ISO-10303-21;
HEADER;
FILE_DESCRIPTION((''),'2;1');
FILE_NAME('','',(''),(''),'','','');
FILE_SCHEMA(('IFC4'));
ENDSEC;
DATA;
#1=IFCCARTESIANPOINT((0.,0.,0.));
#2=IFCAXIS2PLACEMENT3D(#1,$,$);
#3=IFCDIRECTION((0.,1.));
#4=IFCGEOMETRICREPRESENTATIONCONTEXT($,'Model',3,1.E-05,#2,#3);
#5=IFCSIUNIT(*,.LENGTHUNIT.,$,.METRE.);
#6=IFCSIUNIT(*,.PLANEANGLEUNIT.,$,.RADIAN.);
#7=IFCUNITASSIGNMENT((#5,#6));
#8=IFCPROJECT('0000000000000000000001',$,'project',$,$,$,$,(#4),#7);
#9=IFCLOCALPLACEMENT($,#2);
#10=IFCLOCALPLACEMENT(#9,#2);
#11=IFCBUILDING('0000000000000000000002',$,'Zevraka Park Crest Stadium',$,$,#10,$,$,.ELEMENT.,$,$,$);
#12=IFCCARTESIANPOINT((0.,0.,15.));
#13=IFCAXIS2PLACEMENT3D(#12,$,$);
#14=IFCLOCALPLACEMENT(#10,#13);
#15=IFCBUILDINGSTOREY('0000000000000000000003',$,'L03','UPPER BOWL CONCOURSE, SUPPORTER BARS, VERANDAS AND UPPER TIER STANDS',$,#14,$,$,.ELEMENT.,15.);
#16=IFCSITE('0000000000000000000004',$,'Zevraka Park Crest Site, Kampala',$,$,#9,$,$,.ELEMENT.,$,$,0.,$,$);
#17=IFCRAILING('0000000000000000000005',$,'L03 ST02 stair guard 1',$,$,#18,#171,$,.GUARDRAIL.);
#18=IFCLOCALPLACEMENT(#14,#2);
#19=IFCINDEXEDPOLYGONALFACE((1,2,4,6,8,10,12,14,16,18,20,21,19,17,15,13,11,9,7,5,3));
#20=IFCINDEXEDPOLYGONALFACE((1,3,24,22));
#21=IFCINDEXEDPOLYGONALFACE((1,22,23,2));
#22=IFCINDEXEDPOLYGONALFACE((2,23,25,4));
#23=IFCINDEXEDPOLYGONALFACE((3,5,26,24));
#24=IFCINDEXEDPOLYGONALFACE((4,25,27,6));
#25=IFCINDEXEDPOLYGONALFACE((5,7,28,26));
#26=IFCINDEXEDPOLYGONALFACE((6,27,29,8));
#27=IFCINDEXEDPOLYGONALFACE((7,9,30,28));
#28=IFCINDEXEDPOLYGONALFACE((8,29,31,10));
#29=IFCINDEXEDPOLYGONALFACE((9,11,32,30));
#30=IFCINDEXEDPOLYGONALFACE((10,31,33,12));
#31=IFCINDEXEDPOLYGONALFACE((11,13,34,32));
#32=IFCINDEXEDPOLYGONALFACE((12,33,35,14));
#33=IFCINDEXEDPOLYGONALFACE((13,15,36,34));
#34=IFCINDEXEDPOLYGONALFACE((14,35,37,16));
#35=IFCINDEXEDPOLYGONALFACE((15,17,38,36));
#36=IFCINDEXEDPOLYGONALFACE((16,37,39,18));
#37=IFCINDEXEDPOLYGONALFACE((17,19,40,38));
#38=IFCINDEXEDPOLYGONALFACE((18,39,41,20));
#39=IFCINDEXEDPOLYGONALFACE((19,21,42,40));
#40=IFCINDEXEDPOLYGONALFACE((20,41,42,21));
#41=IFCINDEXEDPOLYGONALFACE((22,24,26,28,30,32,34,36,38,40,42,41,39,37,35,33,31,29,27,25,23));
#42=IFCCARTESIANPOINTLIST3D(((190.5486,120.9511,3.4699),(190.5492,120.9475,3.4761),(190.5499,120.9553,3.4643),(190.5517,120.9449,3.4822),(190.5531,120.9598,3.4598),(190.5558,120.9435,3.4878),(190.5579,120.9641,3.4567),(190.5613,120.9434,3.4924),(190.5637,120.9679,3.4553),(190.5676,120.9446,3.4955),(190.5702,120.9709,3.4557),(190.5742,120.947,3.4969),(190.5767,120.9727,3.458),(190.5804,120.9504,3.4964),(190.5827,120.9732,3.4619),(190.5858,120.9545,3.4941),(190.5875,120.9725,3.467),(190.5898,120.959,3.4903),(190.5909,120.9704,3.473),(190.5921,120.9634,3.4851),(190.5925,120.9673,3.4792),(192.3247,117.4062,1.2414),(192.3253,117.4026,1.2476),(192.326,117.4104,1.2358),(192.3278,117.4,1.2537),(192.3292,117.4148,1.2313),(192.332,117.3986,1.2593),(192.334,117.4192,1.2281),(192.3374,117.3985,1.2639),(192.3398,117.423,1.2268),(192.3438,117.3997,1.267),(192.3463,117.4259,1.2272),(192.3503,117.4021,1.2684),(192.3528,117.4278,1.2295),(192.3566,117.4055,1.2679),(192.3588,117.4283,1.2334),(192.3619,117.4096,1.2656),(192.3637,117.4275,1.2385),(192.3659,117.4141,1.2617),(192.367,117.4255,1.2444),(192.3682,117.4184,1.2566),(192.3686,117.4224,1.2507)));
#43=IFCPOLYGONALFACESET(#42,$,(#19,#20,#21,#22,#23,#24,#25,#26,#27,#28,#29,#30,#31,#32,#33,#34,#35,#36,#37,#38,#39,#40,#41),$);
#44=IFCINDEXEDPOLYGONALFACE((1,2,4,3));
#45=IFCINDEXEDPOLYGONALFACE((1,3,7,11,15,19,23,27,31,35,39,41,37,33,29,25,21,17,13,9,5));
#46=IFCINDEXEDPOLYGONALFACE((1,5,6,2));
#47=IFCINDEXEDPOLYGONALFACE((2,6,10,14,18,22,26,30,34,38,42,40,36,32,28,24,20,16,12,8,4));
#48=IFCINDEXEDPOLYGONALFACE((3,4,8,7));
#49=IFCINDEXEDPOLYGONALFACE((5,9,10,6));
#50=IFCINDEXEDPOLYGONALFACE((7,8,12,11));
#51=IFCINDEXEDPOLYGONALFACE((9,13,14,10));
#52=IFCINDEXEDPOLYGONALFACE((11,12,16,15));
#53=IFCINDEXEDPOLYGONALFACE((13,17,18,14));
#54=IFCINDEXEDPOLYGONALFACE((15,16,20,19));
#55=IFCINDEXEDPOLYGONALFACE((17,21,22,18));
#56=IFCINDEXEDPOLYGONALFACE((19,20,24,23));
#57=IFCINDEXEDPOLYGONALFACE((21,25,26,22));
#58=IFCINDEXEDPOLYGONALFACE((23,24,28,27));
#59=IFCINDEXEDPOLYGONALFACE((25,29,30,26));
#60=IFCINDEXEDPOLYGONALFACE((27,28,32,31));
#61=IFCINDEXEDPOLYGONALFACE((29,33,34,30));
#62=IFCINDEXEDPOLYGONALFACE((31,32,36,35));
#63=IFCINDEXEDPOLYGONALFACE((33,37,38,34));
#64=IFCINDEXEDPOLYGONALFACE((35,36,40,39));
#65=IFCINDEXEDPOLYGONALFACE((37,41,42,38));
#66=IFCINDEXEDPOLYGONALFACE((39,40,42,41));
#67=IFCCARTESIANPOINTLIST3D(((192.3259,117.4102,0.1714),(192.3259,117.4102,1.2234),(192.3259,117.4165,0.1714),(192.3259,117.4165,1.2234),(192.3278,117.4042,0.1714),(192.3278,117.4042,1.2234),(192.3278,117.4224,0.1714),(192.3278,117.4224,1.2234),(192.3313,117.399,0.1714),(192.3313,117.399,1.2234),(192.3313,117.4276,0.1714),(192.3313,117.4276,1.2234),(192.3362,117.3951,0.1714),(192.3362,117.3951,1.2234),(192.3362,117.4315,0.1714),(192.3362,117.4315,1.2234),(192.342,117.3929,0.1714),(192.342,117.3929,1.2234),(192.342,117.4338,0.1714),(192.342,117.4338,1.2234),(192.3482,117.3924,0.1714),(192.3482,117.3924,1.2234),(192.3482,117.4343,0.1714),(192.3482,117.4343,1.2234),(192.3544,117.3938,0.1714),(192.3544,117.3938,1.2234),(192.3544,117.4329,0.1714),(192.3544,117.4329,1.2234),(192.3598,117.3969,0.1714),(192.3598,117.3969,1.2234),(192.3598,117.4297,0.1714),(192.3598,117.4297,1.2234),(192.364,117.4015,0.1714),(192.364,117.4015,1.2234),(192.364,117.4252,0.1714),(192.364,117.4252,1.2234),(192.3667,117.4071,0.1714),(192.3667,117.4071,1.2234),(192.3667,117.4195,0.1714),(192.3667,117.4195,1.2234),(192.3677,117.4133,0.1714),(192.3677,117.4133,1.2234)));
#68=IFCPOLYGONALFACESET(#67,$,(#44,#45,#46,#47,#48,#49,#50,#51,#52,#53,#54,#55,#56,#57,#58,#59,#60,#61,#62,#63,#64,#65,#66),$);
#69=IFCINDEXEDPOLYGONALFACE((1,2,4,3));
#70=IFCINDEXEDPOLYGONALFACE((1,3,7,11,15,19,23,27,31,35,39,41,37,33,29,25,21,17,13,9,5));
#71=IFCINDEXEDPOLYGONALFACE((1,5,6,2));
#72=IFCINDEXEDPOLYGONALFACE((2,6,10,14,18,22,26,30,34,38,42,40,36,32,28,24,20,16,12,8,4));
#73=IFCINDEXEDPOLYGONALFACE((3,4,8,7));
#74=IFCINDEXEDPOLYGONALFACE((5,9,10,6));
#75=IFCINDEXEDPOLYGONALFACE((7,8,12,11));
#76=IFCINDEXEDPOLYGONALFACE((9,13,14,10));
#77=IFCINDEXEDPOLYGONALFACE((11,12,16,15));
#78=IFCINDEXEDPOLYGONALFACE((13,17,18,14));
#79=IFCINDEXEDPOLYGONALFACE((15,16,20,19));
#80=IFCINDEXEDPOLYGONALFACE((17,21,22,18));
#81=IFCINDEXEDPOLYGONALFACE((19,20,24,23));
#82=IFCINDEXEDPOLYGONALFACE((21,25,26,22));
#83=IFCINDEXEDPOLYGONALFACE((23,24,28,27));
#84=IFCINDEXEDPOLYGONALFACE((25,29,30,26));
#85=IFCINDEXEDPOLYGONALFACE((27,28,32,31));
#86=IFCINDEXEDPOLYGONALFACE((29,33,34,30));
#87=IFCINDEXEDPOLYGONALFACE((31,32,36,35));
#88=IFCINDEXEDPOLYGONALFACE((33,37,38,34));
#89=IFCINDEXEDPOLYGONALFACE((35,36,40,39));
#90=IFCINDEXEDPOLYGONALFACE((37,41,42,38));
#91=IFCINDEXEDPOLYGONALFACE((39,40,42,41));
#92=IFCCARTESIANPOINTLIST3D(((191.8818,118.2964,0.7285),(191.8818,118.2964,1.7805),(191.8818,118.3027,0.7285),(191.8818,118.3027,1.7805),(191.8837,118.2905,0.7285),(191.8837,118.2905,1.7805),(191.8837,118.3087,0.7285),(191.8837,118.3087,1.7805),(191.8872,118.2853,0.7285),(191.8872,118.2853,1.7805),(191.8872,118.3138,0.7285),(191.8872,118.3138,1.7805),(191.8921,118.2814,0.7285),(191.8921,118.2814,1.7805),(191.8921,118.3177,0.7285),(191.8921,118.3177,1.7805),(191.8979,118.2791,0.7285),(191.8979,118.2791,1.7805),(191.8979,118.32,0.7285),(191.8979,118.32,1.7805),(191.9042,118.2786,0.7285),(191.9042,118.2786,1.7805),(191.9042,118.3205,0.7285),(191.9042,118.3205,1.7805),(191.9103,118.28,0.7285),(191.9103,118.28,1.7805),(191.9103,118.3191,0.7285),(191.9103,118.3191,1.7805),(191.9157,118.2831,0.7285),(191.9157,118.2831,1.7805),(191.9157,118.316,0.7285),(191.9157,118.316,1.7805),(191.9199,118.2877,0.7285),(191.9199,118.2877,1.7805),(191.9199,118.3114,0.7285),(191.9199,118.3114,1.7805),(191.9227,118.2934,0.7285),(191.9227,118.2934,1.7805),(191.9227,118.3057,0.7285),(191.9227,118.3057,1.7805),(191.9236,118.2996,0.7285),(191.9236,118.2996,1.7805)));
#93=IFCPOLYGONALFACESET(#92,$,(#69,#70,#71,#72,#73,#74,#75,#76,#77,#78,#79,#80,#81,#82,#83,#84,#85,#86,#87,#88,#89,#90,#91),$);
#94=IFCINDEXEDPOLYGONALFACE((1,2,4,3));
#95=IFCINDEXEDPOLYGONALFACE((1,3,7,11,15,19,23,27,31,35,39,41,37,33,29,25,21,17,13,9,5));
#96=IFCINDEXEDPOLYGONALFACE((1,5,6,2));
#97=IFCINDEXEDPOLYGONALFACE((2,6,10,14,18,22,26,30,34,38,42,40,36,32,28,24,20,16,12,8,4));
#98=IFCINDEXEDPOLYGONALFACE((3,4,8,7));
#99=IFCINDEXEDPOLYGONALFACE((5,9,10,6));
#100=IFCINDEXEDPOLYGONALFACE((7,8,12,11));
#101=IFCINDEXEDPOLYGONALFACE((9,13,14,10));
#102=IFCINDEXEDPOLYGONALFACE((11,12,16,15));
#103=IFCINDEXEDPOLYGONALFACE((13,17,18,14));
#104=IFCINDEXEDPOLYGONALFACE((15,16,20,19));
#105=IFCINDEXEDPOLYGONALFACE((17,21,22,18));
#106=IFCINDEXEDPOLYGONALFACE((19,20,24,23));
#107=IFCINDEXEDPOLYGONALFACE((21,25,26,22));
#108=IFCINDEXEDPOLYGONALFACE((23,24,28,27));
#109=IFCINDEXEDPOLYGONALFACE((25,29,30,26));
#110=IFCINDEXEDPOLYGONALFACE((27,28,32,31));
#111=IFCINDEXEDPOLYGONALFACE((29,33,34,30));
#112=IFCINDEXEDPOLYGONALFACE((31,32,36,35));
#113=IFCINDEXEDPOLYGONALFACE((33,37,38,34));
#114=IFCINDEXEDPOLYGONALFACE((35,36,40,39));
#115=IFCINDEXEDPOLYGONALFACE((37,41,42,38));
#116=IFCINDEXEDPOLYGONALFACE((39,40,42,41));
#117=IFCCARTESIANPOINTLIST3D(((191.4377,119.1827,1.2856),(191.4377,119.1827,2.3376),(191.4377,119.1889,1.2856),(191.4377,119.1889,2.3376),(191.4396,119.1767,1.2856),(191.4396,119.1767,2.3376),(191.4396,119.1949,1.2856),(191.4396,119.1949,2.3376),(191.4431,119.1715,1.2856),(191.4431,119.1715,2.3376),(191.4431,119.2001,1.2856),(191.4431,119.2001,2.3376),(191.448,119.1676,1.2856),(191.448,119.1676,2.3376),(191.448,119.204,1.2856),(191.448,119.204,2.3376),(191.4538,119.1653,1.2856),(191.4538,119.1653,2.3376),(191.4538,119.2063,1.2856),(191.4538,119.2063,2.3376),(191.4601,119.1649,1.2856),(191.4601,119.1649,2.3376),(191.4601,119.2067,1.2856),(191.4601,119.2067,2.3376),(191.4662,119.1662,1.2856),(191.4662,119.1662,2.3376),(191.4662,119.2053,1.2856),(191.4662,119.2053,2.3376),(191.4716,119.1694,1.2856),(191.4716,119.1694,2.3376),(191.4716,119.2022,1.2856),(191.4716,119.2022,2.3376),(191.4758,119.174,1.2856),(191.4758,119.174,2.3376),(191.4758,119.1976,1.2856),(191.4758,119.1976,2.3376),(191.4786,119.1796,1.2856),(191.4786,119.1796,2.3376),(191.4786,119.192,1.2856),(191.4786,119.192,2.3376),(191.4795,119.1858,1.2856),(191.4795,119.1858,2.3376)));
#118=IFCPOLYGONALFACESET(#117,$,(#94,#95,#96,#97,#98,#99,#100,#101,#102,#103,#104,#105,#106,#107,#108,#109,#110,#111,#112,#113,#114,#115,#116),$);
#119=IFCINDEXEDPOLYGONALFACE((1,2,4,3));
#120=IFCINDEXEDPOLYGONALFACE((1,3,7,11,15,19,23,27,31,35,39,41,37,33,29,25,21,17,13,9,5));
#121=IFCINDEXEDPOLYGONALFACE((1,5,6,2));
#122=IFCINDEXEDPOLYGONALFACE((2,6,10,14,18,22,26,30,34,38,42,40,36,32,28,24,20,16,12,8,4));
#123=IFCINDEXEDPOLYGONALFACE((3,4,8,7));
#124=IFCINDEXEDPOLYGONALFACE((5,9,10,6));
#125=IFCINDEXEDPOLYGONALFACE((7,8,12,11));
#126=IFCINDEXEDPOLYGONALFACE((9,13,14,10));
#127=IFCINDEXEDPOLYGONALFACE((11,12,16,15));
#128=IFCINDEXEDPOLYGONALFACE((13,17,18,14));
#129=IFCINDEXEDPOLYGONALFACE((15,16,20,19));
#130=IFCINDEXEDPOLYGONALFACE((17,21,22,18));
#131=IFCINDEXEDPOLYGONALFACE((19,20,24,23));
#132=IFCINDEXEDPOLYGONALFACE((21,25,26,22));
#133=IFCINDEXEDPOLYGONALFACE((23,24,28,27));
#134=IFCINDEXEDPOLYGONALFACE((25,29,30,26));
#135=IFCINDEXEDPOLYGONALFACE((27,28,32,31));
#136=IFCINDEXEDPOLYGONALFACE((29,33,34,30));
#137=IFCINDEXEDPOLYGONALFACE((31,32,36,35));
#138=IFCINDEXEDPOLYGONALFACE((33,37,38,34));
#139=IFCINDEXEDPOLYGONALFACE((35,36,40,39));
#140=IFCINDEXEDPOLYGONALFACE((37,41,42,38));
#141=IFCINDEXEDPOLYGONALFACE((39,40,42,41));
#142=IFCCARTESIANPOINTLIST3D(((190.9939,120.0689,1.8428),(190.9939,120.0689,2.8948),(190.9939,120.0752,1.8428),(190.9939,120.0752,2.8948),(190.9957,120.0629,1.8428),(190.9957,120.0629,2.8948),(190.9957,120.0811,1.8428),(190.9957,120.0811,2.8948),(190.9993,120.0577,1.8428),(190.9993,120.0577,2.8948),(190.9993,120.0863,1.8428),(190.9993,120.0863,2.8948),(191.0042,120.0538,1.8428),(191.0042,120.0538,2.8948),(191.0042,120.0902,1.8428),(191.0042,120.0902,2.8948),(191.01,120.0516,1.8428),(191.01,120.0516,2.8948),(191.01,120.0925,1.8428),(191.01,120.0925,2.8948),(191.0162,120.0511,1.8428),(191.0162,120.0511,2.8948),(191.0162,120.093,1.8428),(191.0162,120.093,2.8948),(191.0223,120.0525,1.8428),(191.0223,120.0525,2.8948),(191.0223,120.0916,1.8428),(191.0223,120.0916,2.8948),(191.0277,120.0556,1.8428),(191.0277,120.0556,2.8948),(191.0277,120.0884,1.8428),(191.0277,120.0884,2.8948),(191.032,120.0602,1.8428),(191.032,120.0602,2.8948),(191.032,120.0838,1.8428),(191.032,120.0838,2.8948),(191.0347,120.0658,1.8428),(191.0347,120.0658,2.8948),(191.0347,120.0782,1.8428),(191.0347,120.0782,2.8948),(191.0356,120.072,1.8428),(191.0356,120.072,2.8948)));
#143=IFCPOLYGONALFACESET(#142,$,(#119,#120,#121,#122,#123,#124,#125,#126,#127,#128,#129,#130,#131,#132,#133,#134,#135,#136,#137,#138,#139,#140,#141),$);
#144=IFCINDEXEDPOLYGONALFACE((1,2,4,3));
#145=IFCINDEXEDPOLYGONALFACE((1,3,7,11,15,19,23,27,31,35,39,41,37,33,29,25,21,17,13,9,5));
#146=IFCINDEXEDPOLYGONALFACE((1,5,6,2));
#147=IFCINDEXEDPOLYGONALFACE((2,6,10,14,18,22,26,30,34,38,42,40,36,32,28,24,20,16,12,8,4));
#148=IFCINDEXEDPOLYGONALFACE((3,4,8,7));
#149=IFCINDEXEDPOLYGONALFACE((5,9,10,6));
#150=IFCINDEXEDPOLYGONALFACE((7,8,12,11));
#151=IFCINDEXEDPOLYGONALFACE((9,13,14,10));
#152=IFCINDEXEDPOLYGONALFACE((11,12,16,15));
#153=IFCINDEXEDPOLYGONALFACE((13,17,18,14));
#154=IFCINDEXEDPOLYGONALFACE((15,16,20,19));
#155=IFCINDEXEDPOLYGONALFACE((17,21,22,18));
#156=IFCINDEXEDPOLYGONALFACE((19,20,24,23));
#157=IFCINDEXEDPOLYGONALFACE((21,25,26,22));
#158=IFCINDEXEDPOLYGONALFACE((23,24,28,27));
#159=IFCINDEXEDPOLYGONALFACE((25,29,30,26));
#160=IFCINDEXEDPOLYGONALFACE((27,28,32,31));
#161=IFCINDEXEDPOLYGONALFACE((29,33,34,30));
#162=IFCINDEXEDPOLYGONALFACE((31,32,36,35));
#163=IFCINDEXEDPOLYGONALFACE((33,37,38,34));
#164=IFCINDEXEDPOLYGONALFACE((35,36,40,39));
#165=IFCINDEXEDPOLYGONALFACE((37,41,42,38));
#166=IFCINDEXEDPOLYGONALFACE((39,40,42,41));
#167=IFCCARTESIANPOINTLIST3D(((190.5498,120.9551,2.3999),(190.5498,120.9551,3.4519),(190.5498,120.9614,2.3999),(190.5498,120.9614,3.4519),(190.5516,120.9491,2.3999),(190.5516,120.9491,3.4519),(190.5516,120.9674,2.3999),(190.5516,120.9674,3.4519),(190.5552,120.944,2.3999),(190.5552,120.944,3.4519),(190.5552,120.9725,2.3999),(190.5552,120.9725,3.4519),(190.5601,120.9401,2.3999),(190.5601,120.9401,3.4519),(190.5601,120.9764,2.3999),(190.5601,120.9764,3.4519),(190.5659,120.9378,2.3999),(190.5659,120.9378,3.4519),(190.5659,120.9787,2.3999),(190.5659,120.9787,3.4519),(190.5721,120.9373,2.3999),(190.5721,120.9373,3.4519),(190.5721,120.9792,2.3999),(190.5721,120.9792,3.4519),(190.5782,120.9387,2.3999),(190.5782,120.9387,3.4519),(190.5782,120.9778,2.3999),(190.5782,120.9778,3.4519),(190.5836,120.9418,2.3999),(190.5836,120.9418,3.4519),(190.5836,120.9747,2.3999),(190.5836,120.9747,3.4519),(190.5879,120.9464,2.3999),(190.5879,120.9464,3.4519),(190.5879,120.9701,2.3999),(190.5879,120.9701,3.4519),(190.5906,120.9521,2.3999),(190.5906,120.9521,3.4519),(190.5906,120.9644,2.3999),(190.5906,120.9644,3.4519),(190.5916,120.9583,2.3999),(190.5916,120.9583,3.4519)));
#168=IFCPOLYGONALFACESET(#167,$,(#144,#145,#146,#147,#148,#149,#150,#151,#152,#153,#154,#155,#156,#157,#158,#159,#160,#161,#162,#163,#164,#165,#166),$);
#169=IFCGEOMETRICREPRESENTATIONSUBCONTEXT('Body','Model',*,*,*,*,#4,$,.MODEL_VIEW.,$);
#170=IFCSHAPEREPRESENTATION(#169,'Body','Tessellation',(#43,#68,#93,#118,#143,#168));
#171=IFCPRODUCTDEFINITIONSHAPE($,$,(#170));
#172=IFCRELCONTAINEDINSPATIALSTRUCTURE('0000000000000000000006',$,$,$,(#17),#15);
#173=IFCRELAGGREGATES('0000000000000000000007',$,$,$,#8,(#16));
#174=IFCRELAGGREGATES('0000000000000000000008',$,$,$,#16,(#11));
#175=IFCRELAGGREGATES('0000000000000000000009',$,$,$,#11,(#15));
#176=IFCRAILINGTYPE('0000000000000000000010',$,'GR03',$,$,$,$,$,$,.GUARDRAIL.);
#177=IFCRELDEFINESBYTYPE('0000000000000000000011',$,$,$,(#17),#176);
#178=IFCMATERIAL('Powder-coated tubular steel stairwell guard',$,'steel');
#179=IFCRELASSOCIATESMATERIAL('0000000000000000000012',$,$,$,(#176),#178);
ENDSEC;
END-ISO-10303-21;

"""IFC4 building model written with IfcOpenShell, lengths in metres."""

from ifc_helpers import new_model, si_unit, direction, frame, origin, origin_2d, place, context, subcontext, project, spatial, circle, extrude, material, type_object, element, save


model = new_model("IFC4")

# Units and contexts
model_context = context("Model", 3, precision=1e-05, world=origin(), true_north=direction((0.0, 1.0)))
body_context = subcontext(model_context, "Body", "Model", "MODEL_VIEW")
ifc_project = project(units=[si_unit("LENGTHUNIT", "METRE"), si_unit("PLANEANGLEUNIT", "RADIAN")], contexts=[model_context])

# Site, building, storey
site_placement = place(None, origin())
site = spatial("IfcSite", under=ifc_project, at=site_placement, Name="Zevraka Park Crest Site, Kampala", CompositionType="ELEMENT", RefElevation=0.0)
building_placement = place(site_placement, origin())
building = spatial("IfcBuilding", under=site, at=building_placement, Name="Zevraka Park Crest Stadium", CompositionType="ELEMENT")
storey_placement = place(building_placement, frame((0.0, 0.0, 15.0)))
storey = spatial("IfcBuildingStorey", under=building, at=storey_placement, Name="L03", Description="UPPER BOWL CONCOURSE, SUPPORTER BARS, VERANDAS AND UPPER TIER STANDS", CompositionType="ELEMENT", Elevation=15.0)

# Railing
ifc_material_1 = material(Name="Powder-coated tubular steel stairwell guard", Category="steel")
railing_type_1 = type_object("IfcRailingType", Name="GR03", PredefinedType="GUARDRAIL", material=ifc_material_1)
railing_1_placement = place(storey_placement, frame((192.3467, 117.4133, 0.1714)))
element("IfcRailing", 1, at=railing_1_placement, inside=storey, type_object=railing_type_1, Name="L03 ST02 stair guard 1", PredefinedType="GUARDRAIL", context=body_context, shape_type="SweptSolid", body=[
    extrude(circle(Radius=0.0239, at=origin_2d()), frame((0.0, 0.0, 1.0762), z_axis=(-0.390499, 0.779389, 0.489963), x_axis=(-0.894057, -0.447952, 0.0)), (0.0, 0.0, 1.0), 4.5483),
    extrude(circle(Radius=0.021, at=origin_2d()), origin(), (0.0, 0.0, 1.0), 1.052),
    extrude(circle(Radius=0.021, at=origin_2d()), frame((-0.4441, 0.8862, 0.5571)), (0.0, 0.0, 1.0), 1.052),
    extrude(circle(Radius=0.021, at=origin_2d()), frame((-0.8882, 1.7725, 1.1143)), (0.0, 0.0, 1.0), 1.052),
    extrude(circle(Radius=0.021, at=origin_2d()), frame((-1.332, 2.6587, 1.6714)), (0.0, 0.0, 1.0), 1.052),
    extrude(circle(Radius=0.021, at=origin_2d()), frame((-1.7761, 3.5449, 2.2285)), (0.0, 0.0, 1.0), 1.052),
])

save(model, "model.ifc")
